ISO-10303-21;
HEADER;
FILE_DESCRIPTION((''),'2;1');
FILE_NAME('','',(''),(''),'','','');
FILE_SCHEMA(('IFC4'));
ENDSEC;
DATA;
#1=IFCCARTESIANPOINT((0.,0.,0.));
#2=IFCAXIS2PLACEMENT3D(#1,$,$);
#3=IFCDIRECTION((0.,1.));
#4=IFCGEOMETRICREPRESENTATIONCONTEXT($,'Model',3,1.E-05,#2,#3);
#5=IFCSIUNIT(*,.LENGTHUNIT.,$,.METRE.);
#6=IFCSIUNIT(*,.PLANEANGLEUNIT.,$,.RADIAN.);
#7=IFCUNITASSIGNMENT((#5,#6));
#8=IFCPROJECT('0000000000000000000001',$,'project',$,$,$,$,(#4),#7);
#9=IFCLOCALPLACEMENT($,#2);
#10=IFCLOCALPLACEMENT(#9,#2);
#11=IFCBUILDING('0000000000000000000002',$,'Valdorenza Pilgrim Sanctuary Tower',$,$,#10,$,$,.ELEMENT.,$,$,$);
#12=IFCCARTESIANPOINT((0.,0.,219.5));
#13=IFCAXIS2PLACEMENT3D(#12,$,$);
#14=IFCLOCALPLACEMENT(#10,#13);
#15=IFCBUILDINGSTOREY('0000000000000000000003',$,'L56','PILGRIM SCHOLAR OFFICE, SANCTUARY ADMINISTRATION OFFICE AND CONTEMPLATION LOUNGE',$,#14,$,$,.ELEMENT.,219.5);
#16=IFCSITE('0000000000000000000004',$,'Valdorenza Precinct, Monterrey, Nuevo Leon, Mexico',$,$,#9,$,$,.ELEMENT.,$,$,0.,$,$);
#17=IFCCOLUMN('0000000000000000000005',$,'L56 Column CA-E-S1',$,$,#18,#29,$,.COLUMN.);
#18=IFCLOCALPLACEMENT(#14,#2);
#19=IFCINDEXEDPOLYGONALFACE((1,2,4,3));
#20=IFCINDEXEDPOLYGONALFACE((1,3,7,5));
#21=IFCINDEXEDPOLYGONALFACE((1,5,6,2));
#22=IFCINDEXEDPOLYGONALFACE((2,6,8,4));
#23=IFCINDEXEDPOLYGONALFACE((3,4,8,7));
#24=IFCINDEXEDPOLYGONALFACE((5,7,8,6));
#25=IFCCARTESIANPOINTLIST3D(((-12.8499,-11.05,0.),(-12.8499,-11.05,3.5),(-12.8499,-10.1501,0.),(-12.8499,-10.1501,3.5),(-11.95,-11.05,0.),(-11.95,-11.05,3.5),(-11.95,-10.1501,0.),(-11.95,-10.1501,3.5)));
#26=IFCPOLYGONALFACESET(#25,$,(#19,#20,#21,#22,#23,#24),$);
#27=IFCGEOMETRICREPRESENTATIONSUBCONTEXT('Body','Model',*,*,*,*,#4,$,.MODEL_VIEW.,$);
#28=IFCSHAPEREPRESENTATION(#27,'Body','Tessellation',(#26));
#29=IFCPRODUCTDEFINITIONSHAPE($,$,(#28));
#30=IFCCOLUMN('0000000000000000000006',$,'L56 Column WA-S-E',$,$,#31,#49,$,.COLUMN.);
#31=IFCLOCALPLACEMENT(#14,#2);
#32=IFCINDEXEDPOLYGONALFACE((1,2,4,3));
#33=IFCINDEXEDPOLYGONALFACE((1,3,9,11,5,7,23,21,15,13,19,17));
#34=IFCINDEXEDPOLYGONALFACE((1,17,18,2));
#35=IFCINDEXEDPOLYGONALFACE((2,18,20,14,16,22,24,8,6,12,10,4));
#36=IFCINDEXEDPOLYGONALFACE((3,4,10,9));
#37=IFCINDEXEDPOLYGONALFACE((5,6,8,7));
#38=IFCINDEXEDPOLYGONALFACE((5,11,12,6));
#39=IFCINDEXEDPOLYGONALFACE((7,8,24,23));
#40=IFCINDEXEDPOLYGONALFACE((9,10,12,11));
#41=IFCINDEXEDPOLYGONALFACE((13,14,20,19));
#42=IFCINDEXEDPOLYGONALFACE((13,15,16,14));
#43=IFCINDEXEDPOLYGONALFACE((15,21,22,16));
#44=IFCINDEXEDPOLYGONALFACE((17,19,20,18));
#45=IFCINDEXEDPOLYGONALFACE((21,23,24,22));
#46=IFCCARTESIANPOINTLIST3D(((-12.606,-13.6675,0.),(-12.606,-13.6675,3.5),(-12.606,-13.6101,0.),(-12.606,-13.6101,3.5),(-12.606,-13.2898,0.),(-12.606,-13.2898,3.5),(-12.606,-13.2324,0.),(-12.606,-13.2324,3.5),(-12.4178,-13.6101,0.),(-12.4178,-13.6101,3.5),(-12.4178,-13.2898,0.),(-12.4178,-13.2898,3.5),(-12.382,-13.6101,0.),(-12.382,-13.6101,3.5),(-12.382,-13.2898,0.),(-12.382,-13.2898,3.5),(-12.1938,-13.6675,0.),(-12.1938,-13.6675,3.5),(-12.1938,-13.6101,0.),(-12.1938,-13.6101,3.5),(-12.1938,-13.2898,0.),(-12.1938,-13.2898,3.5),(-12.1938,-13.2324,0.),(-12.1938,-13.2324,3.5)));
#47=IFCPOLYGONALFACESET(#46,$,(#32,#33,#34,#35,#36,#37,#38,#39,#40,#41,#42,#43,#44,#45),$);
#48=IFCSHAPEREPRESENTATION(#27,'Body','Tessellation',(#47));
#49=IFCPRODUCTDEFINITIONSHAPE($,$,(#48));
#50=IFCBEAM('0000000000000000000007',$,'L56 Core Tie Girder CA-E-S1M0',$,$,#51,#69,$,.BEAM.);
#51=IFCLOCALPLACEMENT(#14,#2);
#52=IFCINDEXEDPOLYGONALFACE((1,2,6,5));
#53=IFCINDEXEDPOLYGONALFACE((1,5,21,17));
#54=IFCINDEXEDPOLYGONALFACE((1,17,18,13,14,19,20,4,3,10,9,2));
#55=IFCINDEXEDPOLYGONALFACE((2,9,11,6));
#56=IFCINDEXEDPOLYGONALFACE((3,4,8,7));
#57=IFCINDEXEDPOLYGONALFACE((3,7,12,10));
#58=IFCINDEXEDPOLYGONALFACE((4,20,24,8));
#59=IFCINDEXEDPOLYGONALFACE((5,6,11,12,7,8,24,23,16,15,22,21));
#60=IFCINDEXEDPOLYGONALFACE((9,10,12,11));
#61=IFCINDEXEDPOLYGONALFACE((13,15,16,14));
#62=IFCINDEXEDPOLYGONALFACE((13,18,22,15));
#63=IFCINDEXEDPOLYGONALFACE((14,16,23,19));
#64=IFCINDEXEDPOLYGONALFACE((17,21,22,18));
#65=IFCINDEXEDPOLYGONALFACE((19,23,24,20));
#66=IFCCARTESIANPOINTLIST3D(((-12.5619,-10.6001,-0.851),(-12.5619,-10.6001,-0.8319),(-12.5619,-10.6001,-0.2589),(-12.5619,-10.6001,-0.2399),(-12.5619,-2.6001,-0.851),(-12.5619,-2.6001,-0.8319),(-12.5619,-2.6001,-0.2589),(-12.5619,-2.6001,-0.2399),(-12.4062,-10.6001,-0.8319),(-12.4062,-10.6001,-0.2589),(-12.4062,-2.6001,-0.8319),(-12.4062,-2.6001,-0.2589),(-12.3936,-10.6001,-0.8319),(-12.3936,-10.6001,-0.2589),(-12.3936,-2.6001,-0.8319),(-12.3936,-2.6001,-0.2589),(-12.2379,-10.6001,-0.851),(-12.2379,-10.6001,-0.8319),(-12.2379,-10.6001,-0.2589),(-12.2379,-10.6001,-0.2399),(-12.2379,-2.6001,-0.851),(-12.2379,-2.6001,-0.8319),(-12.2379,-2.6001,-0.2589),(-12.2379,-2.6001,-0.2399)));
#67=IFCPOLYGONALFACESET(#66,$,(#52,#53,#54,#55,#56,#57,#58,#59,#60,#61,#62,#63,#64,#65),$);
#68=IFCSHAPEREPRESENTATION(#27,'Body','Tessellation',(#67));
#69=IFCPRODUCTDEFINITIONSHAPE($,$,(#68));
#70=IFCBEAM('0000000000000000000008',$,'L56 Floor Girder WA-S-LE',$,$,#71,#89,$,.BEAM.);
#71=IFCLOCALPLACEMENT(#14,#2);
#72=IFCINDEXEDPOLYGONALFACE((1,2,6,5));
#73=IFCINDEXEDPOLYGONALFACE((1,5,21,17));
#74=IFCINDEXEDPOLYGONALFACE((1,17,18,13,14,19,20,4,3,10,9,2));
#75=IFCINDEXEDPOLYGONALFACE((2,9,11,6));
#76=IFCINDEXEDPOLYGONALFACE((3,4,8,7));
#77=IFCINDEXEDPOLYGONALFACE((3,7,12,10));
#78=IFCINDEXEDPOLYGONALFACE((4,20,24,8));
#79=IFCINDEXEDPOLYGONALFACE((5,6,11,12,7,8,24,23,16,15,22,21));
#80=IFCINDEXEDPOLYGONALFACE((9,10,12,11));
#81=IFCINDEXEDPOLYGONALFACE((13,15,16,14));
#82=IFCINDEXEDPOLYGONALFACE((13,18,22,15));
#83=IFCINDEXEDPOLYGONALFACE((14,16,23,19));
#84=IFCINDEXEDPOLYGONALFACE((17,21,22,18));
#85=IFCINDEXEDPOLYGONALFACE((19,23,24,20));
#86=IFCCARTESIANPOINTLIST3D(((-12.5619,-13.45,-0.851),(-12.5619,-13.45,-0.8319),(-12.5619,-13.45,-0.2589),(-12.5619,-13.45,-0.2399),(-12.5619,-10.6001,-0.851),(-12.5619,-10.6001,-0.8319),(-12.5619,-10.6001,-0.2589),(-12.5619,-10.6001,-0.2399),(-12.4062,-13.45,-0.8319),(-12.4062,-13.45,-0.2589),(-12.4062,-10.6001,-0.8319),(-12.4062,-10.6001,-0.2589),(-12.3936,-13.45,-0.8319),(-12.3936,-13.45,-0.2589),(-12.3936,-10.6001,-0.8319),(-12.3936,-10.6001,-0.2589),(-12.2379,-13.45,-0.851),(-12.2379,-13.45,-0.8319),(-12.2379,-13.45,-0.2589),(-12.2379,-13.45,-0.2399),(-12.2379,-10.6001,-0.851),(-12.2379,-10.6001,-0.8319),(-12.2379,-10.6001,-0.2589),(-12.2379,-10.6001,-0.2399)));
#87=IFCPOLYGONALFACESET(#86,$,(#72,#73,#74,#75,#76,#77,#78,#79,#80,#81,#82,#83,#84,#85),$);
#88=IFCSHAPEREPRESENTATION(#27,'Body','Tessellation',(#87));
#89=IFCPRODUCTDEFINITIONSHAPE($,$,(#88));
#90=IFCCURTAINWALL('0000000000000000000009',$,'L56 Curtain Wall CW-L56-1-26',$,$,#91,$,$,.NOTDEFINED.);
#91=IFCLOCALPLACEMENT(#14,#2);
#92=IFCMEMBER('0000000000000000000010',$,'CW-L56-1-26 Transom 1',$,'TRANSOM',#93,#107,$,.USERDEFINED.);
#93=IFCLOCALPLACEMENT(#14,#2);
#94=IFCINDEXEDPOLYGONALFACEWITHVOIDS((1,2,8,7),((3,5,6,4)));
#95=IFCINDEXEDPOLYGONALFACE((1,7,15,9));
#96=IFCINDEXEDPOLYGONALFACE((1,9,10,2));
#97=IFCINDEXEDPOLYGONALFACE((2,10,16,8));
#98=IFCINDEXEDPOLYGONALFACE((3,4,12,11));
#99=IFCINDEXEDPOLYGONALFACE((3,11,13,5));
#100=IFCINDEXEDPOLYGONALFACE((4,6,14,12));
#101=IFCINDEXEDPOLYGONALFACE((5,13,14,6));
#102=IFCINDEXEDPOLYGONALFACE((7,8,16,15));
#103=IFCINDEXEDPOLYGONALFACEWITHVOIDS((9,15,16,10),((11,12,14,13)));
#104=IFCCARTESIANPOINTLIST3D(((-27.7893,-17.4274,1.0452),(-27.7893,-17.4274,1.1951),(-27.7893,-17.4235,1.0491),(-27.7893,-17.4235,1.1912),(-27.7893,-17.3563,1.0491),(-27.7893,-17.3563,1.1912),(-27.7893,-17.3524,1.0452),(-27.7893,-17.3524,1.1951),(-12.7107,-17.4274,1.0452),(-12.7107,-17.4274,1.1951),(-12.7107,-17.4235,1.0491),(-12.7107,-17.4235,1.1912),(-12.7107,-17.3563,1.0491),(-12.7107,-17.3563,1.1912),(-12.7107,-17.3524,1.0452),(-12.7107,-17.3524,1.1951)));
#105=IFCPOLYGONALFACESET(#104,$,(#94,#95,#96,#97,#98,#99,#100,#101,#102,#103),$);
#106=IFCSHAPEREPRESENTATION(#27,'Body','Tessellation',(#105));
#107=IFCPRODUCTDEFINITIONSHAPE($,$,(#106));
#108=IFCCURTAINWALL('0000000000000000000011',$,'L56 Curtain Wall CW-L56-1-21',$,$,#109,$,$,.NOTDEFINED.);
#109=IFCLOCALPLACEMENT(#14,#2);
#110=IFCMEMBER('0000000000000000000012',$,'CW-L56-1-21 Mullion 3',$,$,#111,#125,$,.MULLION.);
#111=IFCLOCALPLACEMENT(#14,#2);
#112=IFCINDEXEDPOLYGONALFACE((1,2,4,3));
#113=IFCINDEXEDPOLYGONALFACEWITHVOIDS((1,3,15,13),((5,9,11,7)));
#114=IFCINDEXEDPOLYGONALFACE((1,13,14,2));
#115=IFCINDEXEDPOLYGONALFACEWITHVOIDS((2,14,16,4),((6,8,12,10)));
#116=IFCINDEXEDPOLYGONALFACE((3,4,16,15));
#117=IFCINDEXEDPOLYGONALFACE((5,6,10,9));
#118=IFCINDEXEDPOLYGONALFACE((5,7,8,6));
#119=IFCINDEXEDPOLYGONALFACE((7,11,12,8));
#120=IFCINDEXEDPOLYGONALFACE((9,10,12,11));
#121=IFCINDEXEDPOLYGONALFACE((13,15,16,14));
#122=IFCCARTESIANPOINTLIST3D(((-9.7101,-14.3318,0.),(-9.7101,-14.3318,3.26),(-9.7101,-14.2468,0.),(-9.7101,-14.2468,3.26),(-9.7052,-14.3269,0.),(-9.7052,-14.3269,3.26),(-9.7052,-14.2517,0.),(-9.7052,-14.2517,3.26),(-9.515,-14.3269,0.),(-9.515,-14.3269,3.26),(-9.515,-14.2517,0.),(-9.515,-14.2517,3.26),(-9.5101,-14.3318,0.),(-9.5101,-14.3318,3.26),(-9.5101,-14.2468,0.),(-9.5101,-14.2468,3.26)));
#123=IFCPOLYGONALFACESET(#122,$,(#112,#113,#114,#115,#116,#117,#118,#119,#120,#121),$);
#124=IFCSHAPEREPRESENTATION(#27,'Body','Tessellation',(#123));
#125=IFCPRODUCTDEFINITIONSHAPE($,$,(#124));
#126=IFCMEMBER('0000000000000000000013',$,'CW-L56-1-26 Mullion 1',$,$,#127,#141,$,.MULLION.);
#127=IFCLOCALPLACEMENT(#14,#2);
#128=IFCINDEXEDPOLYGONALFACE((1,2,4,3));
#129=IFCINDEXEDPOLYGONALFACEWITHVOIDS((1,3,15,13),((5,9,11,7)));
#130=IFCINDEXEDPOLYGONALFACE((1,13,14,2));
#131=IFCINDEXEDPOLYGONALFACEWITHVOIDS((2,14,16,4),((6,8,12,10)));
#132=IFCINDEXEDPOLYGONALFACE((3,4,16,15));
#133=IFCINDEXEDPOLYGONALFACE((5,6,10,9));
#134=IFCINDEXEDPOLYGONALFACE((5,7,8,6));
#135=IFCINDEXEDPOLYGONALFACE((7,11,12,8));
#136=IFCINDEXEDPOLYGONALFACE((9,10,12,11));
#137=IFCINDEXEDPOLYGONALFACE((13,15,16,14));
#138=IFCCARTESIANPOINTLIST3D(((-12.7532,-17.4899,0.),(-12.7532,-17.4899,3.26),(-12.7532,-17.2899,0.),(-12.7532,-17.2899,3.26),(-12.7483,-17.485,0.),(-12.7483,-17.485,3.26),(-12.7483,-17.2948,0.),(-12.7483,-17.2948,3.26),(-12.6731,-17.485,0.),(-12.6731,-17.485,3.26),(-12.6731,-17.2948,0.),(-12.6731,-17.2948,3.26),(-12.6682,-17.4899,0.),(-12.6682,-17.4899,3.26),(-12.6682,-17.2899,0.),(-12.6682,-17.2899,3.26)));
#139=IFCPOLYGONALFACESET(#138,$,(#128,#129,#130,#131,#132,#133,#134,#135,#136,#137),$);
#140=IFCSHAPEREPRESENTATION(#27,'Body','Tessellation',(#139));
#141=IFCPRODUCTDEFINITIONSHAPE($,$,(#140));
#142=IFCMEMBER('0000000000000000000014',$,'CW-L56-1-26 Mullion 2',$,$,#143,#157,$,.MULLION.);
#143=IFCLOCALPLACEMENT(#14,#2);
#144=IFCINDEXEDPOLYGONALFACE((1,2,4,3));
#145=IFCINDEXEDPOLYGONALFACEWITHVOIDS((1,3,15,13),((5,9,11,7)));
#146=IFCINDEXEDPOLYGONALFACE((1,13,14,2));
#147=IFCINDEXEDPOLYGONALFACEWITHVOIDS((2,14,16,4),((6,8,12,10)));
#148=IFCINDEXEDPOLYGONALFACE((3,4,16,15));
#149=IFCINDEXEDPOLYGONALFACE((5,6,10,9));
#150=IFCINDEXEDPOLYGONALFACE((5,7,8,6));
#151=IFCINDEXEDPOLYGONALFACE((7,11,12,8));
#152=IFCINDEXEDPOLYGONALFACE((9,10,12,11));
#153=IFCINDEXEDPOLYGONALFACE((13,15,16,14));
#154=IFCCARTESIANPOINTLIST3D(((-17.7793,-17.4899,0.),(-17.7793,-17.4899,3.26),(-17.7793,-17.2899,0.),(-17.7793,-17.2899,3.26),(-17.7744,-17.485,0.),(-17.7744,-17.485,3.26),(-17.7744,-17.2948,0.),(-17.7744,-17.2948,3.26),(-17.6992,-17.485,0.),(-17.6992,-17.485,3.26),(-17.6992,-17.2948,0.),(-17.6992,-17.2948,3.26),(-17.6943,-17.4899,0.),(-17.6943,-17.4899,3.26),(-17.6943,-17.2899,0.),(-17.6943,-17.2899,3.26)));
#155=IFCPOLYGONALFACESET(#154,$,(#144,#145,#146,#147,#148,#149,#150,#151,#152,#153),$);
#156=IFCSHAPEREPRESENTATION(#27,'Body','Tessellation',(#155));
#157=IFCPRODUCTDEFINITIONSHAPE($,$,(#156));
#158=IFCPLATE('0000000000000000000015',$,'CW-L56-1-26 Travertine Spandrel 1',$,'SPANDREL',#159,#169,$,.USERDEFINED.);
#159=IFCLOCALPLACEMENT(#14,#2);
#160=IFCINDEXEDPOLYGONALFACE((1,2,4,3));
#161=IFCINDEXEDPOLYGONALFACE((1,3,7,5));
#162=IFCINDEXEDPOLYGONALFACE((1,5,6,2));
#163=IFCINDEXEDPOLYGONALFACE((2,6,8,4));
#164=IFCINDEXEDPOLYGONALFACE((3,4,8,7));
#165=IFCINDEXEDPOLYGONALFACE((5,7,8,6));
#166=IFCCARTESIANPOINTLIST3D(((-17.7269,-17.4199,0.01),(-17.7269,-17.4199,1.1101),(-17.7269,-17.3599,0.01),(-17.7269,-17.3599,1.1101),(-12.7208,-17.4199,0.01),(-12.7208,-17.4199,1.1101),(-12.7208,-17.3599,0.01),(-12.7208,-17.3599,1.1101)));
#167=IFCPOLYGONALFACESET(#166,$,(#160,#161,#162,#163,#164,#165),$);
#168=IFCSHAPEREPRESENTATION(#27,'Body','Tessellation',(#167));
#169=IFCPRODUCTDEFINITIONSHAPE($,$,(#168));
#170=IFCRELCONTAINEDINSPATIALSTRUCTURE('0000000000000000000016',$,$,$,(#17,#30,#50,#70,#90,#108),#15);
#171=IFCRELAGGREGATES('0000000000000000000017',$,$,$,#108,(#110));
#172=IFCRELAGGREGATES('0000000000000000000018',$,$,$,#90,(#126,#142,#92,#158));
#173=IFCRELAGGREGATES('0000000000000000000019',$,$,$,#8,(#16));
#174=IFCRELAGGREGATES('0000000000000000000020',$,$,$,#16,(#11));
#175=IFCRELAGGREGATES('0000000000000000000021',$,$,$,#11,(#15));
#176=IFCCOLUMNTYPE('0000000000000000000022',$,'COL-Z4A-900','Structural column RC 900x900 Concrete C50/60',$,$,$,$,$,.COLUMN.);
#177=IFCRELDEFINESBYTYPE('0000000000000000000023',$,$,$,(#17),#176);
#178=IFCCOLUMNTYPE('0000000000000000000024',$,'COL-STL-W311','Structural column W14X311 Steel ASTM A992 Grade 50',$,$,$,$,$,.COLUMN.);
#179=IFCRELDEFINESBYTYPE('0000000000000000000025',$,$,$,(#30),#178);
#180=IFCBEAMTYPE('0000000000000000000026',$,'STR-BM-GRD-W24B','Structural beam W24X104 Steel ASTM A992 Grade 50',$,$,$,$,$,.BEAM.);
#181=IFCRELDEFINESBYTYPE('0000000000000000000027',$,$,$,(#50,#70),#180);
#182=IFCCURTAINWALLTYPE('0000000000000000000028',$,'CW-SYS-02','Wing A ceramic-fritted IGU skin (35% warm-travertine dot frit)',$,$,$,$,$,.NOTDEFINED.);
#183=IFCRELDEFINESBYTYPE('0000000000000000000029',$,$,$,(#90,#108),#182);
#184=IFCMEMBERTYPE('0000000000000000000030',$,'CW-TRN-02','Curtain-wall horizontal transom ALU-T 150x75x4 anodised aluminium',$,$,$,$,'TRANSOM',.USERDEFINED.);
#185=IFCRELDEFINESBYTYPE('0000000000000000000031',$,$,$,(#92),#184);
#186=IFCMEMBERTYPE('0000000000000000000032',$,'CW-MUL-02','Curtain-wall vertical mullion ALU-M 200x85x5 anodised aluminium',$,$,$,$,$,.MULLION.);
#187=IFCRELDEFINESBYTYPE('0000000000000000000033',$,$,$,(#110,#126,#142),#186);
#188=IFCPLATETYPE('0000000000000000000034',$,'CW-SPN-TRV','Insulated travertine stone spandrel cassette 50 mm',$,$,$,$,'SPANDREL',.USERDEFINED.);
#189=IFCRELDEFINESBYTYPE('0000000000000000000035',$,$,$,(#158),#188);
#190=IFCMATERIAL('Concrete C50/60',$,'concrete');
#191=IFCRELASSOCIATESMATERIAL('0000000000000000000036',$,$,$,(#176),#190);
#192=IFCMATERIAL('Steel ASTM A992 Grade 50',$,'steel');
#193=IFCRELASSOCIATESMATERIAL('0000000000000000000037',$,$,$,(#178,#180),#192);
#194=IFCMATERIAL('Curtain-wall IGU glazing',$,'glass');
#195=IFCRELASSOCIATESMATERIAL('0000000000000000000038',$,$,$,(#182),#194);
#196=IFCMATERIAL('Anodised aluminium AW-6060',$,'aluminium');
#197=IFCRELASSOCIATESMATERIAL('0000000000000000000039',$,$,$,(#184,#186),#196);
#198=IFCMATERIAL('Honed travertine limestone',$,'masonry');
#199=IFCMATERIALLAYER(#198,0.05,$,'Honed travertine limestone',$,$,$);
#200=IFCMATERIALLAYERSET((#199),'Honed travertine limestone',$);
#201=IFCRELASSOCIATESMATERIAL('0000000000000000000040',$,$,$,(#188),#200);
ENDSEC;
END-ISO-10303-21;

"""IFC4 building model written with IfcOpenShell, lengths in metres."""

from ifc_helpers import new_model, si_unit, direction, frame, origin, origin_2d, place, context, subcontext, project, spatial, rectangle, hollow_rectangle, i_section, extrude, source, transform, mapped, material, layer, layer_set, material_profile, profile_set, type_object, element, aggregate, save


model = new_model("IFC4")

# Units and contexts
model_context = context("Model", 3, precision=1e-05, world=origin(), true_north=direction((0.0, 1.0)))
body_context = subcontext(model_context, "Body", "Model", "MODEL_VIEW")
ifc_project = project(units=[si_unit("LENGTHUNIT", "METRE"), si_unit("PLANEANGLEUNIT", "RADIAN")], contexts=[model_context])

# Site, building, storey
site_placement = place(None, origin())
site = spatial("IfcSite", under=ifc_project, at=site_placement, Name="Valdorenza Precinct, Monterrey, Nuevo Leon, Mexico", CompositionType="ELEMENT", RefElevation=0.0)
building_placement = place(site_placement, origin())
building = spatial("IfcBuilding", under=site, at=building_placement, Name="Valdorenza Pilgrim Sanctuary Tower", CompositionType="ELEMENT")
storey_placement = place(building_placement, frame((0.0, 0.0, 219.5)))
storey = spatial("IfcBuildingStorey", under=building, at=storey_placement, Name="L56", Description="PILGRIM SCHOLAR OFFICE, SANCTUARY ADMINISTRATION OFFICE AND CONTEMPLATION LOUNGE", CompositionType="ELEMENT", Elevation=219.5)

# Columns
ifc_material_1 = material(Name="Concrete C50/60", Category="concrete")
ifc_material_profile_1 = material_profile(ifc_material_1, rectangle(XDim=0.8999, YDim=0.8999, at=origin_2d()), Name="RC 900x900")
ifc_profile_set_1 = profile_set([ifc_material_profile_1], Name="Concrete C50/60")
column_type_1 = type_object("IfcColumnType", Name="COL-Z4A-900", Description="Structural column RC 900x900 Concrete C50/60", PredefinedType="COLUMN", material=ifc_profile_set_1)
shared_shape_1 = source(origin(), body_context, "Body", "SweptSolid", [
    extrude(rectangle(XDim=0.8999, YDim=0.8999, at=origin_2d()), origin(), (0.0, 0.0, 1.0), 3.5),
])
column_1_placement = place(storey_placement, frame((-12.3999, -10.6001, 0.0), z_axis=(0.0, 0.0, 1.0), x_axis=(1.0, 0.0, 0.0)))
element("IfcColumn", 1, at=column_1_placement, inside=storey, type_object=column_type_1, Name="L56 Column CA-E-S1", PredefinedType="COLUMN", context=body_context, shape_type="MappedRepresentation", body=[
    mapped(shared_shape_1, transform((0.0, 0.0, 0.0), x_axis=(1.0, 0.0, 0.0), y_axis=(0.0, 1.0, 0.0), z_axis=(0.0, 0.0, 1.0), scale=1.0)),
])
ifc_material_2 = material(Name="Steel ASTM A992 Grade 50", Category="steel")
ifc_material_profile_2 = material_profile(ifc_material_2, i_section(OverallWidth=0.4121, OverallDepth=0.4351, WebThickness=0.0359, FlangeThickness=0.0574, at=origin_2d()), Name="W14X311")
ifc_profile_set_2 = profile_set([ifc_material_profile_2], Name="Steel ASTM A992 Grade 50")
column_type_2 = type_object("IfcColumnType", Name="COL-STL-W311", Description="Structural column W14X311 Steel ASTM A992 Grade 50", PredefinedType="COLUMN", material=ifc_profile_set_2)
shared_shape_2 = source(origin(), body_context, "Body", "SweptSolid", [
    extrude(i_section(OverallWidth=0.4121, OverallDepth=0.4351, WebThickness=0.0359, FlangeThickness=0.0574, at=origin_2d()), origin(), (0.0, 0.0, 1.0), 3.5),
])
column_2_placement = place(storey_placement, frame((-12.3999, -13.45, 0.0), z_axis=(0.0, 0.0, 1.0), x_axis=(1.0, 0.0, 0.0)))
element("IfcColumn", 2, at=column_2_placement, inside=storey, type_object=column_type_2, Name="L56 Column WA-S-E", PredefinedType="COLUMN", context=body_context, shape_type="MappedRepresentation", body=[
    mapped(shared_shape_2, transform((0.0, 0.0, 0.0), x_axis=(1.0, 0.0, 0.0), y_axis=(0.0, 1.0, 0.0), z_axis=(0.0, 0.0, 1.0), scale=1.0)),
])

# Beams
ifc_material_profile_3 = material_profile(ifc_material_2, i_section(OverallWidth=0.324, OverallDepth=0.6111, WebThickness=0.0127, FlangeThickness=0.019, at=origin_2d()), Name="W24X104")
ifc_profile_set_3 = profile_set([ifc_material_profile_3], Name="Steel ASTM A992 Grade 50")
beam_type = type_object("IfcBeamType", Name="STR-BM-GRD-W24B", Description="Structural beam W24X104 Steel ASTM A992 Grade 50", PredefinedType="BEAM", material=ifc_profile_set_3)
shared_shape_3 = source(origin(), body_context, "Body", "SweptSolid", [
    extrude(i_section(OverallWidth=0.324, OverallDepth=0.6111, WebThickness=0.0127, FlangeThickness=0.019, at=origin_2d()), origin(), (0.0, 0.0, 1.0), 8.0),
])
beam_1_placement = place(storey_placement, frame((-12.3999, -10.6001, -0.5454), z_axis=(0.0, 1.0, 0.0), x_axis=(-1.0, 0.0, 0.0)))
element("IfcBeam", 3, at=beam_1_placement, inside=storey, type_object=beam_type, Name="L56 Core Tie Girder CA-E-S1M0", PredefinedType="BEAM", context=body_context, shape_type="MappedRepresentation", body=[
    mapped(shared_shape_3, transform((0.0, 0.0, 0.0), x_axis=(1.0, 0.0, 0.0), y_axis=(0.0, 1.0, 0.0), z_axis=(0.0, 0.0, 1.0), scale=1.0)),
])
shared_shape_4 = source(origin(), body_context, "Body", "SweptSolid", [
    extrude(i_section(OverallWidth=0.324, OverallDepth=0.6111, WebThickness=0.0127, FlangeThickness=0.019, at=origin_2d()), origin(), (0.0, 0.0, 1.0), 2.8499),
])
beam_2_placement = place(storey_placement, frame((-12.3999, -13.45, -0.5454), z_axis=(0.0, 1.0, 0.0), x_axis=(-1.0, 0.0, 0.0)))
element("IfcBeam", 4, at=beam_2_placement, inside=storey, type_object=beam_type, Name="L56 Floor Girder WA-S-LE", PredefinedType="BEAM", context=body_context, shape_type="MappedRepresentation", body=[
    mapped(shared_shape_4, transform((0.0, 0.0, 0.0), x_axis=(1.0, 0.0, 0.0), y_axis=(0.0, 1.0, 0.0), z_axis=(0.0, 0.0, 1.0), scale=1.0)),
])

# Curtain walls, members
ifc_material_3 = material(Name="Curtain-wall IGU glazing", Category="glass")
curtain_wall_type = type_object("IfcCurtainWallType", Name="CW-SYS-02", Description="Wing A ceramic-fritted IGU skin (35% warm-travertine dot frit)", PredefinedType="NOTDEFINED", material=ifc_material_3)
curtain_wall_1_placement = place(storey_placement, origin())
curtain_wall_1 = element("IfcCurtainWall", 5, at=curtain_wall_1_placement, inside=storey, type_object=curtain_wall_type, Name="L56 Curtain Wall CW-L56-1-26", PredefinedType="NOTDEFINED")
ifc_material_4 = material(Name="Anodised aluminium AW-6060", Category="aluminium")
ifc_material_profile_4 = material_profile(ifc_material_4, hollow_rectangle(XDim=0.075, YDim=0.1499, WallThickness=0.0039, at=origin_2d()), Name="ALU-T 150x75x4")
ifc_profile_set_4 = profile_set([ifc_material_profile_4], Name="Anodised aluminium AW-6060")
member_type_1 = type_object("IfcMemberType", Name="CW-TRN-02", Description="Curtain-wall horizontal transom ALU-T 150x75x4 anodised aluminium", ElementType="TRANSOM", PredefinedType="USERDEFINED", material=ifc_profile_set_4)
shared_shape_5 = source(origin(), body_context, "Body", "SweptSolid", [
    extrude(hollow_rectangle(XDim=0.075, YDim=0.1499, WallThickness=0.0039, at=origin_2d()), origin(), (0.0, 0.0, 1.0), 15.0786),
])
member_1_placement = place(storey_placement, frame((-12.7107, -17.3899, 1.1201), z_axis=(-1.0, 0.0, 0.0), x_axis=(0.0, -1.0, 0.0)))
member_1 = element("IfcMember", 6, at=member_1_placement, type_object=member_type_1, Name="CW-L56-1-26 Transom 1", ObjectType="TRANSOM", PredefinedType="USERDEFINED", context=body_context, shape_type="MappedRepresentation", body=[
    mapped(shared_shape_5, transform((0.0, 0.0, 0.0), x_axis=(1.0, 0.0, 0.0), y_axis=(0.0, 1.0, 0.0), z_axis=(0.0, 0.0, 1.0), scale=1.0)),
])
curtain_wall_2_placement = place(storey_placement, origin())
curtain_wall_2 = element("IfcCurtainWall", 7, at=curtain_wall_2_placement, inside=storey, type_object=curtain_wall_type, Name="L56 Curtain Wall CW-L56-1-21", PredefinedType="NOTDEFINED")
ifc_material_profile_5 = material_profile(ifc_material_4, hollow_rectangle(XDim=0.085, YDim=0.2, WallThickness=0.0049, at=origin_2d()), Name="ALU-M 200x85x5")
ifc_profile_set_5 = profile_set([ifc_material_profile_5], Name="Anodised aluminium AW-6060")
member_type_2 = type_object("IfcMemberType", Name="CW-MUL-02", Description="Curtain-wall vertical mullion ALU-M 200x85x5 anodised aluminium", PredefinedType="MULLION", material=ifc_profile_set_5)
shared_shape_6 = source(origin(), body_context, "Body", "SweptSolid", [
    extrude(hollow_rectangle(XDim=0.085, YDim=0.2, WallThickness=0.0049, at=origin_2d()), origin(), (0.0, 0.0, 1.0), 3.26),
])
member_2_placement = place(storey_placement, frame((-9.6101, -14.2893, 0.0), z_axis=(0.0, 0.0, 1.0), x_axis=(0.0, -1.0, 0.0)))
member_2 = element("IfcMember", 8, at=member_2_placement, type_object=member_type_2, Name="CW-L56-1-21 Mullion 3", PredefinedType="MULLION", context=body_context, shape_type="MappedRepresentation", body=[
    mapped(shared_shape_6, transform((0.0, 0.0, 0.0), x_axis=(1.0, 0.0, 0.0), y_axis=(0.0, 1.0, 0.0), z_axis=(0.0, 0.0, 1.0), scale=1.0)),
])

# Members
member_3_placement = place(storey_placement, frame((-12.7107, -17.3899, 0.0), z_axis=(0.0, 0.0, 1.0), x_axis=(-1.0, 0.0, 0.0)))
member_3 = element("IfcMember", 9, at=member_3_placement, type_object=member_type_2, Name="CW-L56-1-26 Mullion 1", PredefinedType="MULLION", context=body_context, shape_type="MappedRepresentation", body=[
    mapped(shared_shape_6, transform((0.0, 0.0, 0.0), x_axis=(1.0, 0.0, 0.0), y_axis=(0.0, 1.0, 0.0), z_axis=(0.0, 0.0, 1.0), scale=1.0)),
])
member_4_placement = place(storey_placement, frame((-17.7368, -17.3899, 0.0), z_axis=(0.0, 0.0, 1.0), x_axis=(-1.0, 0.0, 0.0)))
member_4 = element("IfcMember", 10, at=member_4_placement, type_object=member_type_2, Name="CW-L56-1-26 Mullion 2", PredefinedType="MULLION", context=body_context, shape_type="MappedRepresentation", body=[
    mapped(shared_shape_6, transform((0.0, 0.0, 0.0), x_axis=(1.0, 0.0, 0.0), y_axis=(0.0, 1.0, 0.0), z_axis=(0.0, 0.0, 1.0), scale=1.0)),
])

# Plate
ifc_material_5 = material(Name="Honed travertine limestone", Category="masonry")
ifc_layer_1 = layer(ifc_material_5, 0.05, Name="Honed travertine limestone")
ifc_layer_set_1 = layer_set([ifc_layer_1], Name="Honed travertine limestone")
plate_type_1 = type_object("IfcPlateType", Name="CW-SPN-TRV", Description="Insulated travertine stone spandrel cassette 50 mm", ElementType="SPANDREL", PredefinedType="USERDEFINED", material=ifc_layer_set_1)
shared_shape_7 = source(origin(), body_context, "Body", "SweptSolid", [
    extrude(rectangle(XDim=5.0061, YDim=0.0601, at=origin_2d()), origin(), (0.0, 0.0, 1.0), 1.1001),
])
plate_1_placement = place(storey_placement, frame((-15.2239, -17.3899, 0.01), z_axis=(0.0, 0.0, 1.0), x_axis=(-1.0, 0.0, 0.0)))
plate_1 = element("IfcPlate", 11, at=plate_1_placement, type_object=plate_type_1, Name="CW-L56-1-26 Travertine Spandrel 1", ObjectType="SPANDREL", PredefinedType="USERDEFINED", context=body_context, shape_type="MappedRepresentation", body=[
    mapped(shared_shape_7, transform((0.0, 0.0, 0.0), x_axis=(1.0, 0.0, 0.0), y_axis=(0.0, 1.0, 0.0), z_axis=(0.0, 0.0, 1.0), scale=1.0)),
])
aggregate(curtain_wall_2, [member_2])
aggregate(curtain_wall_1, [member_3, member_4, member_1, plate_1])

save(model, "model.ifc")
